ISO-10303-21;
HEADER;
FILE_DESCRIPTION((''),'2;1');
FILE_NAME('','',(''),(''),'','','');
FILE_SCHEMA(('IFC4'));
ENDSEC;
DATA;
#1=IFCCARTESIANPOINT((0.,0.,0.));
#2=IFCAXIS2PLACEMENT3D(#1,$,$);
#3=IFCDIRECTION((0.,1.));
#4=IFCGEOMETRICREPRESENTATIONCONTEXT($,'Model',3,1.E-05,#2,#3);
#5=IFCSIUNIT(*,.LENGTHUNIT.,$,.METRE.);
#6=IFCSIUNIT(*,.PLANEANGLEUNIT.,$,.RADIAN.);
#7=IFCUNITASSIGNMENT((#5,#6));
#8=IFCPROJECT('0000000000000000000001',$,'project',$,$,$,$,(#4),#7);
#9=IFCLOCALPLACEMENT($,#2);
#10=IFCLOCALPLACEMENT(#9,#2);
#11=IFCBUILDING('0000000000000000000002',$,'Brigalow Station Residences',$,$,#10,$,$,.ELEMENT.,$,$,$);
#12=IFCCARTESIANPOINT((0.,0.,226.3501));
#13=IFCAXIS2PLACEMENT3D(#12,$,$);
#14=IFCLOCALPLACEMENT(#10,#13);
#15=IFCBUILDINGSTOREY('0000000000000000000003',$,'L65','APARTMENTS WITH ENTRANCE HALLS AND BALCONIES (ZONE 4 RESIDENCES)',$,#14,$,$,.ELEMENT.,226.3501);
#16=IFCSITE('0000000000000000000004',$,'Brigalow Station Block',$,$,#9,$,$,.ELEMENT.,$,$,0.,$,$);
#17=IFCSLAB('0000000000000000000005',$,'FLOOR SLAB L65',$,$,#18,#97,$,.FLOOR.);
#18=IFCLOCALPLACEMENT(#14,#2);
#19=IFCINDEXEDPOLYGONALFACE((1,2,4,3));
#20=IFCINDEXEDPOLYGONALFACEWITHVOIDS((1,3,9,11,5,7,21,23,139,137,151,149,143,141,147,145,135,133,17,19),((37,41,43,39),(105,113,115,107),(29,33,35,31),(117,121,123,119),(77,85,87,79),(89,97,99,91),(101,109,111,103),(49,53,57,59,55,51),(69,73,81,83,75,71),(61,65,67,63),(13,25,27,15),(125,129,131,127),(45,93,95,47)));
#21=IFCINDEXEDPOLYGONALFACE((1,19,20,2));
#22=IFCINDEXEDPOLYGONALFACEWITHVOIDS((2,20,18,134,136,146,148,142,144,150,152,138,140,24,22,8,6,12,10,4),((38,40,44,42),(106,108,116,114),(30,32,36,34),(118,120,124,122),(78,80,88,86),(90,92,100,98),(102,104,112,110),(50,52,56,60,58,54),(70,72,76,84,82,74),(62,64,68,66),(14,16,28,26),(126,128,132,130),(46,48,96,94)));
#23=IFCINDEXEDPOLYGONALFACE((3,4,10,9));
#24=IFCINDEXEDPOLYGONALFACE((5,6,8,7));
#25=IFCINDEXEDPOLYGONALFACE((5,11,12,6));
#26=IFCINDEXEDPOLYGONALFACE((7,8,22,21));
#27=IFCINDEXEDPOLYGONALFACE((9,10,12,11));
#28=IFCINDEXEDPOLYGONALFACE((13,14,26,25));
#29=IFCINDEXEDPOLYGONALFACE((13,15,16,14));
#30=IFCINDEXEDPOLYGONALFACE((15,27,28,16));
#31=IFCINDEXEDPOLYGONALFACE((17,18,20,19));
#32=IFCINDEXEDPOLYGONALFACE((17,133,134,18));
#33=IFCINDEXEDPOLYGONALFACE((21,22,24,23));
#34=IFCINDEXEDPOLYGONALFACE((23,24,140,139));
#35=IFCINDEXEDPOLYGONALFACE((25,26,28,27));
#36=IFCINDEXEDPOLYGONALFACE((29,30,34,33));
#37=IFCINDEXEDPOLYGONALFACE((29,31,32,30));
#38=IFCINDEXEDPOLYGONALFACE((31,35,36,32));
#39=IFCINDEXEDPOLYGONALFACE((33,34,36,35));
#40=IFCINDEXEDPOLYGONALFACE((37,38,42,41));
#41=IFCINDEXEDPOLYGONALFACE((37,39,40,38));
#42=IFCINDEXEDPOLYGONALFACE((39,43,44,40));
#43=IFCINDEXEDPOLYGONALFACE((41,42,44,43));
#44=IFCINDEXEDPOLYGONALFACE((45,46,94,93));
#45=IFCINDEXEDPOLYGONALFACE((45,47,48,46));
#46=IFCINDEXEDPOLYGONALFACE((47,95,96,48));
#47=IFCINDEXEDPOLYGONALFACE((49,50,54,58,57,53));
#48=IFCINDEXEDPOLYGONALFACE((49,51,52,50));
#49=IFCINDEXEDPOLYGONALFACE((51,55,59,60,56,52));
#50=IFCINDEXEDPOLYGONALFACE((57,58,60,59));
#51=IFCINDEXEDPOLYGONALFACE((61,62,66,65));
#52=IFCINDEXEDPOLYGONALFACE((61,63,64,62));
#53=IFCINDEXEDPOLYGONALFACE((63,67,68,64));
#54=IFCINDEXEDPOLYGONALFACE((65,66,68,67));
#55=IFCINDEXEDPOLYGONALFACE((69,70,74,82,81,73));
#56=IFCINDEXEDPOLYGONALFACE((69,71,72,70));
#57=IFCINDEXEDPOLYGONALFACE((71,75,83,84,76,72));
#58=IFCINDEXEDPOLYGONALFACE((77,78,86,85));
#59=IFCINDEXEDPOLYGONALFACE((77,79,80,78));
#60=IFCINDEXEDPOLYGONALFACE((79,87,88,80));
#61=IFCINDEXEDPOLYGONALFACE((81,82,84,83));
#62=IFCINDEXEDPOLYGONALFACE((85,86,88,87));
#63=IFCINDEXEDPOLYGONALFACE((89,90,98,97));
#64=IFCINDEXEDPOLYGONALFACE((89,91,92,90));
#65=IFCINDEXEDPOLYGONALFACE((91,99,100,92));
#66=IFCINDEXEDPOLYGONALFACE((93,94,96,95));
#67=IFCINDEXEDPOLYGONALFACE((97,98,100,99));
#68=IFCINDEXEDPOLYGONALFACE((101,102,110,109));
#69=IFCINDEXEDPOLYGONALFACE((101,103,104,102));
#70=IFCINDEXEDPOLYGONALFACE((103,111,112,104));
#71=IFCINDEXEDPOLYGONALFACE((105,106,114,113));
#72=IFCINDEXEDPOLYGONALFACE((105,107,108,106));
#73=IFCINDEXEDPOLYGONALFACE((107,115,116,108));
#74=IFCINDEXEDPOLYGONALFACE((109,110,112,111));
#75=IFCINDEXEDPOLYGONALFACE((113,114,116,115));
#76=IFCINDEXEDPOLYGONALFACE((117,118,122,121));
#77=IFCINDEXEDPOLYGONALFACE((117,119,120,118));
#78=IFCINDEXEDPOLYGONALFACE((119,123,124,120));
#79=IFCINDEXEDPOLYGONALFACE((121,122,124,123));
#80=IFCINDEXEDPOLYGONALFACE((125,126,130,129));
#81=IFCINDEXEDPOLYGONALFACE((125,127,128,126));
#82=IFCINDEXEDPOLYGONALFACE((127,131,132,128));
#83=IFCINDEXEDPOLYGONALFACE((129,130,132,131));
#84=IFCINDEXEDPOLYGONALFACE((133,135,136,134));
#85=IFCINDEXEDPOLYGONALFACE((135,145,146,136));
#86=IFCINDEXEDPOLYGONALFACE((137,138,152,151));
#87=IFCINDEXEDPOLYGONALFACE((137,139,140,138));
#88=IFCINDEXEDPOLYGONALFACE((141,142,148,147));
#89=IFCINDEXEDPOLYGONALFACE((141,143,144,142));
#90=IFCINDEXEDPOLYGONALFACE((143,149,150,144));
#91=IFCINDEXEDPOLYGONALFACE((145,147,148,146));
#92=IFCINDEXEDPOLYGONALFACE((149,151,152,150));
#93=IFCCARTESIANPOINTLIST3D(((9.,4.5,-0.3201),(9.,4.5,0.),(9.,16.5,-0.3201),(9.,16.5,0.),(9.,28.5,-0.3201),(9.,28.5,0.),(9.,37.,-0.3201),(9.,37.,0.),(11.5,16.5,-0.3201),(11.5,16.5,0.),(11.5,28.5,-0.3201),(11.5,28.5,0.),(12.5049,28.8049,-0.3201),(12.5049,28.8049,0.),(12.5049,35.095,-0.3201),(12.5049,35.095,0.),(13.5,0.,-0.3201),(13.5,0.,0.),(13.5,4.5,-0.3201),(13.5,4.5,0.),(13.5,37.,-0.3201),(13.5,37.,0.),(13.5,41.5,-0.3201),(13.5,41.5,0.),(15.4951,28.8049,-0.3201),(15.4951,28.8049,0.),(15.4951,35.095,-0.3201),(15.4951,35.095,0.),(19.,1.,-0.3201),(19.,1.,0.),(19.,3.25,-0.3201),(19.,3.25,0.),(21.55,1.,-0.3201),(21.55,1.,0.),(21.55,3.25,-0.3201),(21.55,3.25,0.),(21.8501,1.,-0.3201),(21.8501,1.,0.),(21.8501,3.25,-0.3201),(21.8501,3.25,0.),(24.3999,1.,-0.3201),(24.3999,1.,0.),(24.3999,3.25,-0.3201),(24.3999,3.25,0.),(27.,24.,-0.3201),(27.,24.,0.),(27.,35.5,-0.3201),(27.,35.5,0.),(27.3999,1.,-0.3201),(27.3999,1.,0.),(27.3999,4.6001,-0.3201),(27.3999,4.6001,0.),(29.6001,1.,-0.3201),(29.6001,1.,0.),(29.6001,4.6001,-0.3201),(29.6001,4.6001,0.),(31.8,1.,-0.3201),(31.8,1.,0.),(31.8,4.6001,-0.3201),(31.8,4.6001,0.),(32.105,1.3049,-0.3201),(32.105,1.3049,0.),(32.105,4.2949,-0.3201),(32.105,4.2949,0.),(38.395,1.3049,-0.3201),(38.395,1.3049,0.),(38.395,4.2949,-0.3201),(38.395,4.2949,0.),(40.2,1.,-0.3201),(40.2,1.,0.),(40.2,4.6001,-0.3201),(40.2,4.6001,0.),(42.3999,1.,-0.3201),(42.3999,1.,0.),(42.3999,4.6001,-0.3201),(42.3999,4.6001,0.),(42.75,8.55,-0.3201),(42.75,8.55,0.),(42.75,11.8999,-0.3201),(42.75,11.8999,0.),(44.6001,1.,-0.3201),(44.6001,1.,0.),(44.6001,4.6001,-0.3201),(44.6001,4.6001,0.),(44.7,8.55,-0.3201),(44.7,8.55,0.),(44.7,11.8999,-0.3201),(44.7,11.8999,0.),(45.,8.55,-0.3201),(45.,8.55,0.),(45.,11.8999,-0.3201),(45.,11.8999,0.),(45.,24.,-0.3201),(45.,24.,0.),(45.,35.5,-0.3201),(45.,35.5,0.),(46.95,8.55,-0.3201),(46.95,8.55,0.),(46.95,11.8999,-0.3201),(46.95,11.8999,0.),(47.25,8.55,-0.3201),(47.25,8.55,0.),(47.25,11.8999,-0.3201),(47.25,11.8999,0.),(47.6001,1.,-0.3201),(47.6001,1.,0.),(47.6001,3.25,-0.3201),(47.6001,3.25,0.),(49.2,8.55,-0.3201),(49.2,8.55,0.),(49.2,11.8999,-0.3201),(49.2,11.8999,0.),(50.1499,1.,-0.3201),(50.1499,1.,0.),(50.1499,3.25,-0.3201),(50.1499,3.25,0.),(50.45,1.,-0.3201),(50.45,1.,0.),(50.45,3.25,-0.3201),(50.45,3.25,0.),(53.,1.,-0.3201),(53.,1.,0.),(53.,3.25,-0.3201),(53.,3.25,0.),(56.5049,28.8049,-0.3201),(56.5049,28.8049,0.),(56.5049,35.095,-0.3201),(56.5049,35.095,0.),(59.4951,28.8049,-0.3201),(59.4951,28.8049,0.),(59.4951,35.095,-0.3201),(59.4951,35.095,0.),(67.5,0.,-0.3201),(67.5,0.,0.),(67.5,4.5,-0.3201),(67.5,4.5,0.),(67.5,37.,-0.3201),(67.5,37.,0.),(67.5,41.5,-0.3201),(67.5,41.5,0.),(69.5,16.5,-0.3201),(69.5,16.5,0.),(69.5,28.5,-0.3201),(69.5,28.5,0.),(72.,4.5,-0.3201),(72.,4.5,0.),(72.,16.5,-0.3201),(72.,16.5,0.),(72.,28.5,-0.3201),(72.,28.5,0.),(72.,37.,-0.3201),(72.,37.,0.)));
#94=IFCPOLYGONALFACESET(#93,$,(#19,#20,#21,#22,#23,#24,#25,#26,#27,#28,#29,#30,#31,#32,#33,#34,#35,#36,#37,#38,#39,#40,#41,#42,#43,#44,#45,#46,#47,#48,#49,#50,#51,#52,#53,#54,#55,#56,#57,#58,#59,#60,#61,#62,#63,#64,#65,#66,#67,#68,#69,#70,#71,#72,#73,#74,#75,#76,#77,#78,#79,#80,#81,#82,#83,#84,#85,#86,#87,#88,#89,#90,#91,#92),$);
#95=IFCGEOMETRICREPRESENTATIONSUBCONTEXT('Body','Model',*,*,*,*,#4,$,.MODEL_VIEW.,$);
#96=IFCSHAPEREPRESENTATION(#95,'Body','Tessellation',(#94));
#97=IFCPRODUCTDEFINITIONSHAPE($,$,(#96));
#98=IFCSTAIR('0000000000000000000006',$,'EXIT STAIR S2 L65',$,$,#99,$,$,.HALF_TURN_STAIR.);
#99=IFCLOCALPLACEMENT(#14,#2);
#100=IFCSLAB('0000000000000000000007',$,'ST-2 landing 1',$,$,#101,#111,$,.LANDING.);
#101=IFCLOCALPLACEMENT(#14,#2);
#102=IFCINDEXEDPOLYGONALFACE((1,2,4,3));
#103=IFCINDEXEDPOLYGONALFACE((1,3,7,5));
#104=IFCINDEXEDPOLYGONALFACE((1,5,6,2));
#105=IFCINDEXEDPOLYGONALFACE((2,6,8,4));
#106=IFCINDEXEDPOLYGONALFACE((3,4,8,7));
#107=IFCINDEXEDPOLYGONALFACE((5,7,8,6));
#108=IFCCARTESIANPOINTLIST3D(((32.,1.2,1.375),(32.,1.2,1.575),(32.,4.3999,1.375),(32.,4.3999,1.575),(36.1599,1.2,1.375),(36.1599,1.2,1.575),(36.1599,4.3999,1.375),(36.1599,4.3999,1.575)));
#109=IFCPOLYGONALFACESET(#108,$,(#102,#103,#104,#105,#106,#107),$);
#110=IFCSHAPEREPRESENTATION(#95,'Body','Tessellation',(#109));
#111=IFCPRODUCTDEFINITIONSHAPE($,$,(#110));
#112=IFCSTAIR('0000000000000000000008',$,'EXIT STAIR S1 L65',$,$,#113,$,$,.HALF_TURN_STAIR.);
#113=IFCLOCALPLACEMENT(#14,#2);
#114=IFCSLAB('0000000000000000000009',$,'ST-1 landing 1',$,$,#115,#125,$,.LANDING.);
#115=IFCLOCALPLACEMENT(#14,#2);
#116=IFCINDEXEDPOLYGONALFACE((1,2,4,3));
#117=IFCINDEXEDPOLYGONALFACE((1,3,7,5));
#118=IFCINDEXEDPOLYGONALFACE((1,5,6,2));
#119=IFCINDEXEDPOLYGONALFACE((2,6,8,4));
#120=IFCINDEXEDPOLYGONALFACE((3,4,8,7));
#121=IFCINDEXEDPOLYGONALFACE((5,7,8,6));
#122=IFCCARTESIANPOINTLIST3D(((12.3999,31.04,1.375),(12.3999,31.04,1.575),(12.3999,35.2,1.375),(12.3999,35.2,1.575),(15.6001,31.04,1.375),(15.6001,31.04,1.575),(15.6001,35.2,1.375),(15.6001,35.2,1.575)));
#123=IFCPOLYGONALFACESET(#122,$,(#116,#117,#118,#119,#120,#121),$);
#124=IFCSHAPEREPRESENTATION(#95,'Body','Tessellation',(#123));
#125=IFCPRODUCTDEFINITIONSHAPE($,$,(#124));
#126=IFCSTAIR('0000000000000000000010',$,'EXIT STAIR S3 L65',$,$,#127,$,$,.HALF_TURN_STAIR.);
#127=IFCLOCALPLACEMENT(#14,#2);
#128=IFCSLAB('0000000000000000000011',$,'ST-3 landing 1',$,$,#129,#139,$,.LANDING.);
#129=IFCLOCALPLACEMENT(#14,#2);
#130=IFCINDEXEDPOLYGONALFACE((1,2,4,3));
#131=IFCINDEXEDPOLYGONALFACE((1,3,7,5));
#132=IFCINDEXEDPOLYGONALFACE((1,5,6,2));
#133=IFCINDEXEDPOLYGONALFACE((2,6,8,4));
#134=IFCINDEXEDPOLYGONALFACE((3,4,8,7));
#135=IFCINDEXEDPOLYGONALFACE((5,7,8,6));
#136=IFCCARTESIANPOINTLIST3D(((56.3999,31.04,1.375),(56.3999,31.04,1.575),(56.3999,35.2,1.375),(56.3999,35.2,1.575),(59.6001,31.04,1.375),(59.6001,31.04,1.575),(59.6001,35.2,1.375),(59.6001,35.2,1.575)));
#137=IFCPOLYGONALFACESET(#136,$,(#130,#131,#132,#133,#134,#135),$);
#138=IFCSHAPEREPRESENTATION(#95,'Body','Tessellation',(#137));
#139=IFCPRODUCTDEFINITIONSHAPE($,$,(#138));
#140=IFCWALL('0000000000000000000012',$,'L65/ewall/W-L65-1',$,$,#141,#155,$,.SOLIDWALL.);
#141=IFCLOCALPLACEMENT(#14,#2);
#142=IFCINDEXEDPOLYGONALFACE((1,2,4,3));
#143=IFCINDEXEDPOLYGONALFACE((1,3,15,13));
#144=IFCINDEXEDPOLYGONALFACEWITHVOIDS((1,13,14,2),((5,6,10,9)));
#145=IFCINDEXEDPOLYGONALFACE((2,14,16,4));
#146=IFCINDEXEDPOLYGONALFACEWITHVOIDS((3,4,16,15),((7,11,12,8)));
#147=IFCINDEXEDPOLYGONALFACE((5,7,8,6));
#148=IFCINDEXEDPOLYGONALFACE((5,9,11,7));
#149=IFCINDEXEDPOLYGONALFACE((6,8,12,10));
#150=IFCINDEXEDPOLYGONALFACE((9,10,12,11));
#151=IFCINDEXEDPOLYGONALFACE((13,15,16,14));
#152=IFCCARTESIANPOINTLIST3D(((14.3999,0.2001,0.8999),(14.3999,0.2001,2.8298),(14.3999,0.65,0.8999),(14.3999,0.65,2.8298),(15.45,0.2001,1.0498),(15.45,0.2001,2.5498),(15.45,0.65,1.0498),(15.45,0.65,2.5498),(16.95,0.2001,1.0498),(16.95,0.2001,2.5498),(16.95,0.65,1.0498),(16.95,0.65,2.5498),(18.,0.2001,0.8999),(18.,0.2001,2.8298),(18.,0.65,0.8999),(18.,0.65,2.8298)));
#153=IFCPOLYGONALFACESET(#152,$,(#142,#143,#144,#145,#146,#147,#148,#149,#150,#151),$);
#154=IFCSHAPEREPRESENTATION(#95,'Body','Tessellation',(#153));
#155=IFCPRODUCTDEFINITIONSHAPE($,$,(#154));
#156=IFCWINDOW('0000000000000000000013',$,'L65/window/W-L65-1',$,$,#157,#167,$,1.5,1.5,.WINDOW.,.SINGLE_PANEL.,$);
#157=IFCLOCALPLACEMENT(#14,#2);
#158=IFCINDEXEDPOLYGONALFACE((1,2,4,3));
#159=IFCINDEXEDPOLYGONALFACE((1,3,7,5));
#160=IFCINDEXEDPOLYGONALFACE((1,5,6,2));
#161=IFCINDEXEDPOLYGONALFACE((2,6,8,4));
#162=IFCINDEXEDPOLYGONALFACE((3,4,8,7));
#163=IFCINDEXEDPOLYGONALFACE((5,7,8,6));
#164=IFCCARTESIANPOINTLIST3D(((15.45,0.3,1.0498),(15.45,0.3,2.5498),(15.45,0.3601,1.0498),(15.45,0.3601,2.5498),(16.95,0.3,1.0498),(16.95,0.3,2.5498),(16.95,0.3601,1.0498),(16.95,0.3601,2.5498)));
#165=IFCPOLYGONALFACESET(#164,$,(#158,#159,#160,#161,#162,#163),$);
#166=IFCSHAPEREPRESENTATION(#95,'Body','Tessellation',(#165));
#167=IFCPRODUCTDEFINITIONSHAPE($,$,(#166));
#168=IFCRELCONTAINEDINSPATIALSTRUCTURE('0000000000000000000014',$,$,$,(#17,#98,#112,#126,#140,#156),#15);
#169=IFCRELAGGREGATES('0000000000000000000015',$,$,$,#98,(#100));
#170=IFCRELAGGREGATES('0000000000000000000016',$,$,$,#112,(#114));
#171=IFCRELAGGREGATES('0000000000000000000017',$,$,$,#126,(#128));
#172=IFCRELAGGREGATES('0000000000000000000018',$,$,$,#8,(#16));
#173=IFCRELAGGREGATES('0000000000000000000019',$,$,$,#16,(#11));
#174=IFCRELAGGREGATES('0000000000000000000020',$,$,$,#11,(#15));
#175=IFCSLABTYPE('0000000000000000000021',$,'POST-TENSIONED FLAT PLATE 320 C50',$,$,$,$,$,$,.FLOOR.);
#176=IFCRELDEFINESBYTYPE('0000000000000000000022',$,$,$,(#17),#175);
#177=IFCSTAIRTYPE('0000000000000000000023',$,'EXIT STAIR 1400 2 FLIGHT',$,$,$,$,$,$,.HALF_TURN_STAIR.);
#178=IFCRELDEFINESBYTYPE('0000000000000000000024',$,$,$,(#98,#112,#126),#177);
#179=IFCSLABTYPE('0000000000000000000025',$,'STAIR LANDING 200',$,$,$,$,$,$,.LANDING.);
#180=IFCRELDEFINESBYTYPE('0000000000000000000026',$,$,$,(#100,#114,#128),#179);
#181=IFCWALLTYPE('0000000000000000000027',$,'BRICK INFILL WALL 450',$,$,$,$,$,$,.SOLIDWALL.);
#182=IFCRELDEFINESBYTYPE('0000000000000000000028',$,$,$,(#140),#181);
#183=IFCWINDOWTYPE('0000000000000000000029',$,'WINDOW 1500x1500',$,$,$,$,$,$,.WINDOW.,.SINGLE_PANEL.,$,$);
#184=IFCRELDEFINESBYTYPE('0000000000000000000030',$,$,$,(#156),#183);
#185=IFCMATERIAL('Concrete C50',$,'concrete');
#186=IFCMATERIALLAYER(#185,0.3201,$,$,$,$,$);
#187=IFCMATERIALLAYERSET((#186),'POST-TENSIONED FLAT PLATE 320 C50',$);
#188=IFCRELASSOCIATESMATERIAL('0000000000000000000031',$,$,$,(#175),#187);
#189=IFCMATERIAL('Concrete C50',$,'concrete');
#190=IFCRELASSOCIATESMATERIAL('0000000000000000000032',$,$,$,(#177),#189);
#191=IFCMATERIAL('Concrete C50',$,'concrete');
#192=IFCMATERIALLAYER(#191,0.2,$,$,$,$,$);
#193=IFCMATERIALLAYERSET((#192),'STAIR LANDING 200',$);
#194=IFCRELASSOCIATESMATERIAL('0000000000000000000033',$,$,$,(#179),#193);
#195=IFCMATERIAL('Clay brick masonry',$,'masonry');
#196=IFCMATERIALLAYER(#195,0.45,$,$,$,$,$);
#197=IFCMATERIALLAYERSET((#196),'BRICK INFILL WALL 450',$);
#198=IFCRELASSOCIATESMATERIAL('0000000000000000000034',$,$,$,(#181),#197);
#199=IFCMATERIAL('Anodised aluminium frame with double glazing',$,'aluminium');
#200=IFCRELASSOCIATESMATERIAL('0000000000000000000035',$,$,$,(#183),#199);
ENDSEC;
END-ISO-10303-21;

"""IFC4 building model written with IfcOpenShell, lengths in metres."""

from ifc_helpers import new_model, si_unit, direction, frame, frame_2d, origin, place, context, subcontext, project, spatial, polyline, rectangle, outline, extrude, material, layer, layer_set, type_object, element, fill, aggregate, save


model = new_model("IFC4")

# Units and contexts
model_context = context("Model", 3, precision=1e-05, world=origin(), true_north=direction((0.0, 1.0)))
body_context = subcontext(model_context, "Body", "Model", "MODEL_VIEW")
ifc_project = project(units=[si_unit("LENGTHUNIT", "METRE"), si_unit("PLANEANGLEUNIT", "RADIAN")], contexts=[model_context])

# Site, building, storey
site_placement = place(None, origin())
site = spatial("IfcSite", under=ifc_project, at=site_placement, Name="Brigalow Station Block", CompositionType="ELEMENT", RefElevation=0.0)
building_placement = place(site_placement, origin())
building = spatial("IfcBuilding", under=site, at=building_placement, Name="Brigalow Station Residences", CompositionType="ELEMENT")
storey_placement = place(building_placement, frame((0.0, 0.0, 226.3501)))
storey = spatial("IfcBuildingStorey", under=building, at=storey_placement, Name="L65", Description="APARTMENTS WITH ENTRANCE HALLS AND BALCONIES (ZONE 4 RESIDENCES)", CompositionType="ELEMENT", Elevation=226.3501)

# Slab
ifc_material_1 = material(Name="Concrete C50", Category="concrete")
ifc_layer_1 = layer(ifc_material_1, 0.3201)
ifc_layer_set_1 = layer_set([ifc_layer_1], Name="POST-TENSIONED FLAT PLATE 320 C50")
slab_type_1 = type_object("IfcSlabType", Name="POST-TENSIONED FLAT PLATE 320 C50", PredefinedType="FLOOR", material=ifc_layer_set_1)
slab_1_placement = place(storey_placement, frame((0.0, 0.0, -0.3201)))
element("IfcSlab", 1, at=slab_1_placement, inside=storey, type_object=slab_type_1, Name="FLOOR SLAB L65", PredefinedType="FLOOR", context=body_context, shape_type="SweptSolid", body=[
    extrude(outline(polyline([(13.5, 0.0), (67.5, 0.0), (67.5, 4.5), (72.0, 4.5), (72.0, 16.5), (69.5, 16.5), (69.5, 28.5), (72.0, 28.5), (72.0, 37.0), (67.5, 37.0), (67.5, 41.5), (13.5, 41.5), (13.5, 37.0), (9.0, 37.0), (9.0, 28.5), (11.5, 28.5), (11.5, 16.5), (9.0, 16.5), (9.0, 4.5), (13.5, 4.5), (13.5, 0.0)]), holes=[polyline([(12.5049, 35.095), (15.4951, 35.095), (15.4951, 28.8049), (12.5049, 28.8049), (12.5049, 35.095)]), polyline([(19.0, 1.0), (19.0, 3.25), (21.55, 3.25), (21.55, 1.0), (19.0, 1.0)]), polyline([(21.8501, 3.25), (24.3999, 3.25), (24.3999, 1.0), (21.8501, 1.0), (21.8501, 3.25)]), polyline([(27.0, 35.5), (45.0, 35.5), (45.0, 24.0), (27.0, 24.0), (27.0, 35.5)]), polyline([(29.6001, 4.6001), (31.8, 4.6001), (31.8, 1.0), (29.6001, 1.0), (27.3999, 1.0), (27.3999, 4.6001), (29.6001, 4.6001)]), polyline([(32.105, 4.2949), (38.395, 4.2949), (38.395, 1.3049), (32.105, 1.3049), (32.105, 4.2949)]), polyline([(40.2, 4.6001), (42.3999, 4.6001), (44.6001, 4.6001), (44.6001, 1.0), (42.3999, 1.0), (40.2, 1.0), (40.2, 4.6001)]), polyline([(42.75, 11.8999), (44.7, 11.8999), (44.7, 8.55), (42.75, 8.55), (42.75, 11.8999)]), polyline([(45.0, 11.8999), (46.95, 11.8999), (46.95, 8.55), (45.0, 8.55), (45.0, 11.8999)]), polyline([(47.25, 11.8999), (49.2, 11.8999), (49.2, 8.55), (47.25, 8.55), (47.25, 11.8999)]), polyline([(47.6001, 3.25), (50.1499, 3.25), (50.1499, 1.0), (47.6001, 1.0), (47.6001, 3.25)]), polyline([(50.45, 3.25), (53.0, 3.25), (53.0, 1.0), (50.45, 1.0), (50.45, 3.25)]), polyline([(56.5049, 35.095), (59.4951, 35.095), (59.4951, 28.8049), (56.5049, 28.8049), (56.5049, 35.095)])]), origin(), (0.0, 0.0, 1.0), 0.3201),
])

# Stairs, slabs
ifc_material_2 = material(Name="Concrete C50", Category="concrete")
stair_type = type_object("IfcStairType", Name="EXIT STAIR 1400 2 FLIGHT", PredefinedType="HALF_TURN_STAIR", material=ifc_material_2)
stair_1_placement = place(storey_placement, origin())
stair_1 = element("IfcStair", 2, at=stair_1_placement, inside=storey, type_object=stair_type, Name="EXIT STAIR S2 L65", PredefinedType="HALF_TURN_STAIR")
ifc_material_3 = material(Name="Concrete C50", Category="concrete")
ifc_layer_2 = layer(ifc_material_3, 0.2)
ifc_layer_set_2 = layer_set([ifc_layer_2], Name="STAIR LANDING 200")
slab_type_2 = type_object("IfcSlabType", Name="STAIR LANDING 200", PredefinedType="LANDING", material=ifc_layer_set_2)
slab_2_placement = place(storey_placement, frame((0.0, 0.0, 1.375)))
slab_2 = element("IfcSlab", 3, at=slab_2_placement, type_object=slab_type_2, Name="ST-2 landing 1", PredefinedType="LANDING", context=body_context, shape_type="SweptSolid", body=[
    extrude(outline(polyline([(32.0, 1.2), (36.1599, 1.2), (36.1599, 4.3999), (32.0, 4.3999), (32.0, 1.2)])), origin(), (0.0, 0.0, 1.0), 0.2),
])
aggregate(stair_1, [slab_2])
stair_2_placement = place(storey_placement, origin())
stair_2 = element("IfcStair", 4, at=stair_2_placement, inside=storey, type_object=stair_type, Name="EXIT STAIR S1 L65", PredefinedType="HALF_TURN_STAIR")
slab_3_placement = place(storey_placement, frame((0.0, 0.0, 1.375)))
slab_3 = element("IfcSlab", 5, at=slab_3_placement, type_object=slab_type_2, Name="ST-1 landing 1", PredefinedType="LANDING", context=body_context, shape_type="SweptSolid", body=[
    extrude(outline(polyline([(12.3999, 31.04), (15.6001, 31.04), (15.6001, 35.2), (12.3999, 35.2), (12.3999, 31.04)])), origin(), (0.0, 0.0, 1.0), 0.2),
])
aggregate(stair_2, [slab_3])
stair_3_placement = place(storey_placement, origin())
stair_3 = element("IfcStair", 6, at=stair_3_placement, inside=storey, type_object=stair_type, Name="EXIT STAIR S3 L65", PredefinedType="HALF_TURN_STAIR")
slab_4_placement = place(storey_placement, frame((0.0, 0.0, 1.375)))
slab_4 = element("IfcSlab", 7, at=slab_4_placement, type_object=slab_type_2, Name="ST-3 landing 1", PredefinedType="LANDING", context=body_context, shape_type="SweptSolid", body=[
    extrude(outline(polyline([(56.3999, 31.04), (59.6001, 31.04), (59.6001, 35.2), (56.3999, 35.2), (56.3999, 31.04)])), origin(), (0.0, 0.0, 1.0), 0.2),
])
aggregate(stair_3, [slab_4])

# Wall, opening, window
ifc_material_4 = material(Name="Clay brick masonry", Category="masonry")
ifc_layer_3 = layer(ifc_material_4, 0.45)
ifc_layer_set_3 = layer_set([ifc_layer_3], Name="BRICK INFILL WALL 450")
wall_type = type_object("IfcWallType", Name="BRICK INFILL WALL 450", PredefinedType="SOLIDWALL", material=ifc_layer_set_3)
wall_1_placement = place(storey_placement, frame((14.3999, 0.425, 0.8999), z_axis=(0.0, 0.0, 1.0), x_axis=(1.0, 0.0, 0.0)))
wall_1 = element("IfcWall", 8, at=wall_1_placement, inside=storey, type_object=wall_type, Name="L65/ewall/W-L65-1", PredefinedType="SOLIDWALL", context=body_context, shape_type="SweptSolid", body=[
    extrude(rectangle(XDim=3.6001, YDim=0.45, at=frame_2d((1.8, 0.0))), origin(), (0.0, 0.0, 1.0), 1.9299),
])
opening_1_placement = place(wall_1_placement, frame((1.05, 0.0, 0.1499)))
opening_1 = element("IfcOpeningElement", 9, at=opening_1_placement, cuts=wall_1, PredefinedType="OPENING", context=body_context, shape_type="SweptSolid", body=[
    extrude(rectangle(XDim=1.5, YDim=1.5, at=frame_2d((0.75, 0.75))), frame((0.0, 0.2349, 0.0), z_axis=(0.0, -1.0, 0.0), x_axis=(1.0, 0.0, 0.0)), (0.0, 0.0, 1.0), 0.47),
])
ifc_material_5 = material(Name="Anodised aluminium frame with double glazing", Category="aluminium")
window_type_1 = type_object("IfcWindowType", Name="WINDOW 1500x1500", PartitioningType="SINGLE_PANEL", PredefinedType="WINDOW", material=ifc_material_5)
window_1_placement = place(opening_1_placement, origin())
window_1 = element("IfcWindow", 10, at=window_1_placement, inside=storey, type_object=window_type_1, Name="L65/window/W-L65-1", OverallHeight=1.5, OverallWidth=1.5, PartitioningType="SINGLE_PANEL", PredefinedType="WINDOW", context=body_context, shape_type="SweptSolid", body=[
    extrude(rectangle(XDim=1.5, YDim=1.5, at=frame_2d((0.75, 0.75))), frame((0.0, -0.0649, 0.0), z_axis=(0.0, -1.0, 0.0), x_axis=(1.0, 0.0, 0.0)), (0.0, 0.0, 1.0), 0.0601),
])
fill(opening_1, window_1)

save(model, "model.ifc")
